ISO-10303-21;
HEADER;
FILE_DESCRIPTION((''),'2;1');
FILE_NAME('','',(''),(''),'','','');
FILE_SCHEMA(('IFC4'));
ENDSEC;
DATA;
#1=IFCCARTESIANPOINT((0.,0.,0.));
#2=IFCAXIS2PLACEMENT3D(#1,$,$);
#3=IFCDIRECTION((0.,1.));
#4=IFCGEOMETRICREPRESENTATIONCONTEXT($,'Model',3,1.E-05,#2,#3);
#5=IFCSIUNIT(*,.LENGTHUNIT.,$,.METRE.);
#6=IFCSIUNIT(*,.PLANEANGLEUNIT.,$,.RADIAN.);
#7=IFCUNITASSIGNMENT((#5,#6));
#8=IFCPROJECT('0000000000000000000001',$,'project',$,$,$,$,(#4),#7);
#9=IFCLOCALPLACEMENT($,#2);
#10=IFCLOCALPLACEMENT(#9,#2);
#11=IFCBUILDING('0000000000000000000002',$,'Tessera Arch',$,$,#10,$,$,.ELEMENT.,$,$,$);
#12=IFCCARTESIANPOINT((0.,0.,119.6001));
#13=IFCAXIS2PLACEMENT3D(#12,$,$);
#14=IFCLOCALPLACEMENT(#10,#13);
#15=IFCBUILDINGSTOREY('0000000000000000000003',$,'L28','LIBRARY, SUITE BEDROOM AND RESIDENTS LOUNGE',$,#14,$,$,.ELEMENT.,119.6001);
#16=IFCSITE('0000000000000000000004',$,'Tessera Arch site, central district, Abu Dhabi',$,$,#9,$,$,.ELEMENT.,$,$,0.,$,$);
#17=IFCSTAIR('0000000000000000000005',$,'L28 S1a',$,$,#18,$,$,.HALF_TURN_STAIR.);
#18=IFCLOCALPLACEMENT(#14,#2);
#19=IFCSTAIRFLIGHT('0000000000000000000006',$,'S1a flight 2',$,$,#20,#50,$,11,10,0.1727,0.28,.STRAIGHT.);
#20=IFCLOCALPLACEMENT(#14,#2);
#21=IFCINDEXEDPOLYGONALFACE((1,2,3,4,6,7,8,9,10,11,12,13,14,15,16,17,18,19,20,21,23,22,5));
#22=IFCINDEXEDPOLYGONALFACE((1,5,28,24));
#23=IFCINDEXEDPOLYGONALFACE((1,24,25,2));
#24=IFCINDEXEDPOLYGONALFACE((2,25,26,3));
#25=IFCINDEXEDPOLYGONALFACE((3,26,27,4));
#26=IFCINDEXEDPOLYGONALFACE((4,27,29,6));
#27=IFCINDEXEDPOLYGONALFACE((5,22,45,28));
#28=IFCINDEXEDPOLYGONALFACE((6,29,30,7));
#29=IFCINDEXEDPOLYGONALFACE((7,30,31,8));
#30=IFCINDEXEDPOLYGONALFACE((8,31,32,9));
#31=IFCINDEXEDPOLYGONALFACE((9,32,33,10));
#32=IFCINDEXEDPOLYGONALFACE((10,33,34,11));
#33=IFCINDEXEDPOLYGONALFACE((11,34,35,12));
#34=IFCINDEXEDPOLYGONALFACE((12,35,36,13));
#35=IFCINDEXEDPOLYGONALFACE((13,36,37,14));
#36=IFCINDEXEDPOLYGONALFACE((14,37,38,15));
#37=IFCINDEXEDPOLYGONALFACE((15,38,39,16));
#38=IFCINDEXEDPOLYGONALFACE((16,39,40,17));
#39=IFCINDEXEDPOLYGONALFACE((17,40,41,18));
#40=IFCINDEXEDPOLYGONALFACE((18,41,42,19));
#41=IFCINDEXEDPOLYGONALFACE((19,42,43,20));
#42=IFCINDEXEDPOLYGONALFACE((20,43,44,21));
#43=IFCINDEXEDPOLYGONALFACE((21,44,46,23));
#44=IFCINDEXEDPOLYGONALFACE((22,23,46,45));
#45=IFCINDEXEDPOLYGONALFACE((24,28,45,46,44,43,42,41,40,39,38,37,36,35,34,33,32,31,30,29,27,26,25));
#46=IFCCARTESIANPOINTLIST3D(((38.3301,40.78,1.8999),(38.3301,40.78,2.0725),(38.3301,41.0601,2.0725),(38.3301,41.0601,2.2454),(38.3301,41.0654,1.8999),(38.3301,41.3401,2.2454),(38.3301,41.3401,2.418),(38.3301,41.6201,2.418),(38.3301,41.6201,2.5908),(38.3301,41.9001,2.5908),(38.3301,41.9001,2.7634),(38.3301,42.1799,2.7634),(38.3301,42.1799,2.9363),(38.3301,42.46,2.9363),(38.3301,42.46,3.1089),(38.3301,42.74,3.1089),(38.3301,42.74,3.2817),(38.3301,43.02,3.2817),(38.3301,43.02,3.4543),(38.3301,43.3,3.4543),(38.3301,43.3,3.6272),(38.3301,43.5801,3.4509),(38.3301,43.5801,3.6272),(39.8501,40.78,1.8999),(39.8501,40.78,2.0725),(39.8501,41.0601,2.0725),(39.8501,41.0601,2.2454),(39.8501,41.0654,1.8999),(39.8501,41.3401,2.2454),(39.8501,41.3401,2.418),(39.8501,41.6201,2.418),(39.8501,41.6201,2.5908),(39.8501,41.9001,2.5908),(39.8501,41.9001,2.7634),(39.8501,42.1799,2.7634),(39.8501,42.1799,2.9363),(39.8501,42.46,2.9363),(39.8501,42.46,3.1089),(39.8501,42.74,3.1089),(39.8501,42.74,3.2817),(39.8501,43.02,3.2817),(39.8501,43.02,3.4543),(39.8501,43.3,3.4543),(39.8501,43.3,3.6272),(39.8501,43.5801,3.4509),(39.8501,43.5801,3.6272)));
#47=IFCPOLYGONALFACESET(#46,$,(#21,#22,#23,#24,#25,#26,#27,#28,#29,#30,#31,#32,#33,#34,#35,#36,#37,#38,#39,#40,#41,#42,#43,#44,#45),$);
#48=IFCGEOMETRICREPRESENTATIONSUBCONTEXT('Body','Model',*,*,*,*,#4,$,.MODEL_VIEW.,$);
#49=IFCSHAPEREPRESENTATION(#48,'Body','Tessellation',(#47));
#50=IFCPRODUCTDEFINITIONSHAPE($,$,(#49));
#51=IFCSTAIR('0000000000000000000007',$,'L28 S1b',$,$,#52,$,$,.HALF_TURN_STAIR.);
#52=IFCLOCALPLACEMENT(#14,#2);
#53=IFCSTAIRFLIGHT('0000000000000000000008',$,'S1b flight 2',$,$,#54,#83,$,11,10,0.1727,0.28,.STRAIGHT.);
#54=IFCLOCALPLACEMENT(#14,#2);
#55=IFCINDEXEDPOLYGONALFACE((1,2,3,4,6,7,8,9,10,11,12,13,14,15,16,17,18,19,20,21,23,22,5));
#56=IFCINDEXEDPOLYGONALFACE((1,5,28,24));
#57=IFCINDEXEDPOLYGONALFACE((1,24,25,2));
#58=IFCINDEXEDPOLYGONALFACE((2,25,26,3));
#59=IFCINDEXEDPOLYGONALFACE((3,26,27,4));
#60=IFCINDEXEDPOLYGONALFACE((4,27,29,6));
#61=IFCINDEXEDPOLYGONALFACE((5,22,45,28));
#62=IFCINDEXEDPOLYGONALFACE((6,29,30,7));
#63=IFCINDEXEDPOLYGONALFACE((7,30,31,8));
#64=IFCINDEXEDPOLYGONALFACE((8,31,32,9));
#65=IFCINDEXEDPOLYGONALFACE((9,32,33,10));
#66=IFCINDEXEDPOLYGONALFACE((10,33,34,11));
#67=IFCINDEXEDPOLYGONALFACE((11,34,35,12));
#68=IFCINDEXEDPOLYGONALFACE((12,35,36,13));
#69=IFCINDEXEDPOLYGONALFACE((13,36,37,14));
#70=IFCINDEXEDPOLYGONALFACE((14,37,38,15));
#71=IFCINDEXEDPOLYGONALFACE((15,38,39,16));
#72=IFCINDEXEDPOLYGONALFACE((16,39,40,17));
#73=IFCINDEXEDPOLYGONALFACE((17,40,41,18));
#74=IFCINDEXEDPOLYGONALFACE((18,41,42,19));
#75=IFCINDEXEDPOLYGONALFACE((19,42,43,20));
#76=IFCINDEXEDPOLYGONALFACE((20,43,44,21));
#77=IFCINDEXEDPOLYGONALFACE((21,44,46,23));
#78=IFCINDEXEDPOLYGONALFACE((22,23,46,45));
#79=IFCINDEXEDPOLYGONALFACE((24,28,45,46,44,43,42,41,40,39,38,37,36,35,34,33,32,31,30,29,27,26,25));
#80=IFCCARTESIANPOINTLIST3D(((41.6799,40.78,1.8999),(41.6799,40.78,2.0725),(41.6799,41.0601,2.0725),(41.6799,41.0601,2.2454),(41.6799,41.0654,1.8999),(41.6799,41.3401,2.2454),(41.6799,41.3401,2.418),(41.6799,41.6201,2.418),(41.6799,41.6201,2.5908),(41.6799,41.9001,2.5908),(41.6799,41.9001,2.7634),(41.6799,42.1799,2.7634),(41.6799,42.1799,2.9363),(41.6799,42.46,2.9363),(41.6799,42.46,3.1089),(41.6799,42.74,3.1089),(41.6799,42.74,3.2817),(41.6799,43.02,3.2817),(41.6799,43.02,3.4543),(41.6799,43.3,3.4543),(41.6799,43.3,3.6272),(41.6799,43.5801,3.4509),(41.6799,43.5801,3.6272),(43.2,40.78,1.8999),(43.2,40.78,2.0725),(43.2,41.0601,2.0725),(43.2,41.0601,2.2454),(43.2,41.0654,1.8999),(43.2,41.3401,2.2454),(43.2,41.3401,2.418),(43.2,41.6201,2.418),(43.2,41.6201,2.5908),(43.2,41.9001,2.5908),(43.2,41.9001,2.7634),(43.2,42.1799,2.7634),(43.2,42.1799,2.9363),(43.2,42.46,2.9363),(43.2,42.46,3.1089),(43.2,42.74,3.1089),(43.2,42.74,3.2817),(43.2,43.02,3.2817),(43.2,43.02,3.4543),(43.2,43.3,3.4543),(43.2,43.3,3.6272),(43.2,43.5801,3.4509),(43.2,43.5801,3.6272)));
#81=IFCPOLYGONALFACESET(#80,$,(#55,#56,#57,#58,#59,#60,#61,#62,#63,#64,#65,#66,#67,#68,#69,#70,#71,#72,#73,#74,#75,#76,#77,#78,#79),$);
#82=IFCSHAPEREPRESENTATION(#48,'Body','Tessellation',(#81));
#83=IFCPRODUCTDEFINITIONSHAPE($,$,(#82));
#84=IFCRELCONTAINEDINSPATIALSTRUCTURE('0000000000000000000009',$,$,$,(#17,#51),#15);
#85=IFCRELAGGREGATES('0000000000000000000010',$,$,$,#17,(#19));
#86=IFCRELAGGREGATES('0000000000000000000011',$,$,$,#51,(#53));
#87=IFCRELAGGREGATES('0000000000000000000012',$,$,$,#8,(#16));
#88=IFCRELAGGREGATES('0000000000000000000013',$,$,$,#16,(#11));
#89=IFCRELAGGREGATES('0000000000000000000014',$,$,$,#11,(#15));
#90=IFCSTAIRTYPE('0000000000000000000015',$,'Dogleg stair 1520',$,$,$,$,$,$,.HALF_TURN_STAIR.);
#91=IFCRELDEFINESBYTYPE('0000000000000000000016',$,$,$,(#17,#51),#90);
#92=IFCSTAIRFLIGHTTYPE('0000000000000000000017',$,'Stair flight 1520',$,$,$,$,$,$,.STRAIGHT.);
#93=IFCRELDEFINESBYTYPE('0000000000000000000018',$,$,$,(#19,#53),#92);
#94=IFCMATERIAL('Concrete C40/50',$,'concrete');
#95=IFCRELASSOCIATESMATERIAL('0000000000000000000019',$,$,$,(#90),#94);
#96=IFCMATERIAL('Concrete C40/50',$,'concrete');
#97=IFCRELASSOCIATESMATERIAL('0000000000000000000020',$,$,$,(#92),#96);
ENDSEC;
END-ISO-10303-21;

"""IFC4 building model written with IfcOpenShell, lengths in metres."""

from ifc_helpers import new_model, si_unit, direction, frame, origin, place, context, subcontext, project, spatial, polyline, outline, extrude, material, type_object, element, aggregate, save


model = new_model("IFC4")

# Units and contexts
model_context = context("Model", 3, precision=1e-05, world=origin(), true_north=direction((0.0, 1.0)))
body_context = subcontext(model_context, "Body", "Model", "MODEL_VIEW")
ifc_project = project(units=[si_unit("LENGTHUNIT", "METRE"), si_unit("PLANEANGLEUNIT", "RADIAN")], contexts=[model_context])

# Site, building, storey
site_placement = place(None, origin())
site = spatial("IfcSite", under=ifc_project, at=site_placement, Name="Tessera Arch site, central district, Abu Dhabi", CompositionType="ELEMENT", RefElevation=0.0)
building_placement = place(site_placement, origin())
building = spatial("IfcBuilding", under=site, at=building_placement, Name="Tessera Arch", CompositionType="ELEMENT")
storey_placement = place(building_placement, frame((0.0, 0.0, 119.6001)))
storey = spatial("IfcBuildingStorey", under=building, at=storey_placement, Name="L28", Description="LIBRARY, SUITE BEDROOM AND RESIDENTS LOUNGE", CompositionType="ELEMENT", Elevation=119.6001)

# Stairs, stair flights
ifc_material_1 = material(Name="Concrete C40/50", Category="concrete")
stair_type = type_object("IfcStairType", Name="Dogleg stair 1520", PredefinedType="HALF_TURN_STAIR", material=ifc_material_1)
stair_1_placement = place(storey_placement, origin())
stair_1 = element("IfcStair", 1, at=stair_1_placement, inside=storey, type_object=stair_type, Name="L28 S1a", PredefinedType="HALF_TURN_STAIR")
ifc_material_2 = material(Name="Concrete C40/50", Category="concrete")
stair_flight_type = type_object("IfcStairFlightType", Name="Stair flight 1520", PredefinedType="STRAIGHT", material=ifc_material_2)
stair_flight_1_placement = place(storey_placement, frame((39.0901, 40.78, 1.8999), z_axis=(0.0, 0.0, 1.0), x_axis=(0.0, 1.0, 0.0)))
stair_flight_1 = element("IfcStairFlight", 2, at=stair_flight_1_placement, type_object=stair_flight_type, Name="S1a flight 2", NumberOfRisers=11, NumberOfTreads=10, PredefinedType="STRAIGHT", RiserHeight=0.1727, TreadLength=0.28, context=body_context, shape_type="SweptSolid", body=[
    extrude(outline(polyline([(0.0, 0.0), (0.0, 0.1726), (0.28, 0.1726), (0.28, 0.3455), (0.5601, 0.3455), (0.5601, 0.5181), (0.8401, 0.5181), (0.8401, 0.6909), (1.1201, 0.6909), (1.1201, 0.8635), (1.3999, 0.8635), (1.3999, 1.0364), (1.6799, 1.0364), (1.6799, 1.209), (1.96, 1.209), (1.96, 1.3818), (2.24, 1.3818), (2.24, 1.5544), (2.52, 1.5544), (2.52, 1.7273), (2.8, 1.7273), (2.8, 1.8999), (2.8, 1.551), (0.2854, 0.0), (0.0, 0.0)])), frame((0.0, 0.76, 0.0), z_axis=(0.0, -1.0, 0.0), x_axis=(1.0, 0.0, 0.0)), (0.0, 0.0, 1.0), 1.52),
])
aggregate(stair_1, [stair_flight_1])
stair_2_placement = place(storey_placement, origin())
stair_2 = element("IfcStair", 3, at=stair_2_placement, inside=storey, type_object=stair_type, Name="L28 S1b", PredefinedType="HALF_TURN_STAIR")
stair_flight_2_placement = place(storey_placement, frame((42.4399, 40.78, 1.8999), z_axis=(0.0, 0.0, 1.0), x_axis=(0.0, 1.0, 0.0)))
stair_flight_2 = element("IfcStairFlight", 4, at=stair_flight_2_placement, type_object=stair_flight_type, Name="S1b flight 2", NumberOfRisers=11, NumberOfTreads=10, PredefinedType="STRAIGHT", RiserHeight=0.1727, TreadLength=0.28, context=body_context, shape_type="SweptSolid", body=[
    extrude(outline(polyline([(0.0, 0.0), (0.0, 0.1726), (0.28, 0.1726), (0.28, 0.3455), (0.5601, 0.3455), (0.5601, 0.5181), (0.8401, 0.5181), (0.8401, 0.6909), (1.1201, 0.6909), (1.1201, 0.8635), (1.3999, 0.8635), (1.3999, 1.0364), (1.6799, 1.0364), (1.6799, 1.209), (1.96, 1.209), (1.96, 1.3818), (2.24, 1.3818), (2.24, 1.5544), (2.52, 1.5544), (2.52, 1.7273), (2.8, 1.7273), (2.8, 1.8999), (2.8, 1.551), (0.2854, 0.0), (0.0, 0.0)])), frame((0.0, 0.76, 0.0), z_axis=(0.0, -1.0, 0.0), x_axis=(1.0, 0.0, 0.0)), (0.0, 0.0, 1.0), 1.52),
])
aggregate(stair_2, [stair_flight_2])

save(model, "model.ifc")
